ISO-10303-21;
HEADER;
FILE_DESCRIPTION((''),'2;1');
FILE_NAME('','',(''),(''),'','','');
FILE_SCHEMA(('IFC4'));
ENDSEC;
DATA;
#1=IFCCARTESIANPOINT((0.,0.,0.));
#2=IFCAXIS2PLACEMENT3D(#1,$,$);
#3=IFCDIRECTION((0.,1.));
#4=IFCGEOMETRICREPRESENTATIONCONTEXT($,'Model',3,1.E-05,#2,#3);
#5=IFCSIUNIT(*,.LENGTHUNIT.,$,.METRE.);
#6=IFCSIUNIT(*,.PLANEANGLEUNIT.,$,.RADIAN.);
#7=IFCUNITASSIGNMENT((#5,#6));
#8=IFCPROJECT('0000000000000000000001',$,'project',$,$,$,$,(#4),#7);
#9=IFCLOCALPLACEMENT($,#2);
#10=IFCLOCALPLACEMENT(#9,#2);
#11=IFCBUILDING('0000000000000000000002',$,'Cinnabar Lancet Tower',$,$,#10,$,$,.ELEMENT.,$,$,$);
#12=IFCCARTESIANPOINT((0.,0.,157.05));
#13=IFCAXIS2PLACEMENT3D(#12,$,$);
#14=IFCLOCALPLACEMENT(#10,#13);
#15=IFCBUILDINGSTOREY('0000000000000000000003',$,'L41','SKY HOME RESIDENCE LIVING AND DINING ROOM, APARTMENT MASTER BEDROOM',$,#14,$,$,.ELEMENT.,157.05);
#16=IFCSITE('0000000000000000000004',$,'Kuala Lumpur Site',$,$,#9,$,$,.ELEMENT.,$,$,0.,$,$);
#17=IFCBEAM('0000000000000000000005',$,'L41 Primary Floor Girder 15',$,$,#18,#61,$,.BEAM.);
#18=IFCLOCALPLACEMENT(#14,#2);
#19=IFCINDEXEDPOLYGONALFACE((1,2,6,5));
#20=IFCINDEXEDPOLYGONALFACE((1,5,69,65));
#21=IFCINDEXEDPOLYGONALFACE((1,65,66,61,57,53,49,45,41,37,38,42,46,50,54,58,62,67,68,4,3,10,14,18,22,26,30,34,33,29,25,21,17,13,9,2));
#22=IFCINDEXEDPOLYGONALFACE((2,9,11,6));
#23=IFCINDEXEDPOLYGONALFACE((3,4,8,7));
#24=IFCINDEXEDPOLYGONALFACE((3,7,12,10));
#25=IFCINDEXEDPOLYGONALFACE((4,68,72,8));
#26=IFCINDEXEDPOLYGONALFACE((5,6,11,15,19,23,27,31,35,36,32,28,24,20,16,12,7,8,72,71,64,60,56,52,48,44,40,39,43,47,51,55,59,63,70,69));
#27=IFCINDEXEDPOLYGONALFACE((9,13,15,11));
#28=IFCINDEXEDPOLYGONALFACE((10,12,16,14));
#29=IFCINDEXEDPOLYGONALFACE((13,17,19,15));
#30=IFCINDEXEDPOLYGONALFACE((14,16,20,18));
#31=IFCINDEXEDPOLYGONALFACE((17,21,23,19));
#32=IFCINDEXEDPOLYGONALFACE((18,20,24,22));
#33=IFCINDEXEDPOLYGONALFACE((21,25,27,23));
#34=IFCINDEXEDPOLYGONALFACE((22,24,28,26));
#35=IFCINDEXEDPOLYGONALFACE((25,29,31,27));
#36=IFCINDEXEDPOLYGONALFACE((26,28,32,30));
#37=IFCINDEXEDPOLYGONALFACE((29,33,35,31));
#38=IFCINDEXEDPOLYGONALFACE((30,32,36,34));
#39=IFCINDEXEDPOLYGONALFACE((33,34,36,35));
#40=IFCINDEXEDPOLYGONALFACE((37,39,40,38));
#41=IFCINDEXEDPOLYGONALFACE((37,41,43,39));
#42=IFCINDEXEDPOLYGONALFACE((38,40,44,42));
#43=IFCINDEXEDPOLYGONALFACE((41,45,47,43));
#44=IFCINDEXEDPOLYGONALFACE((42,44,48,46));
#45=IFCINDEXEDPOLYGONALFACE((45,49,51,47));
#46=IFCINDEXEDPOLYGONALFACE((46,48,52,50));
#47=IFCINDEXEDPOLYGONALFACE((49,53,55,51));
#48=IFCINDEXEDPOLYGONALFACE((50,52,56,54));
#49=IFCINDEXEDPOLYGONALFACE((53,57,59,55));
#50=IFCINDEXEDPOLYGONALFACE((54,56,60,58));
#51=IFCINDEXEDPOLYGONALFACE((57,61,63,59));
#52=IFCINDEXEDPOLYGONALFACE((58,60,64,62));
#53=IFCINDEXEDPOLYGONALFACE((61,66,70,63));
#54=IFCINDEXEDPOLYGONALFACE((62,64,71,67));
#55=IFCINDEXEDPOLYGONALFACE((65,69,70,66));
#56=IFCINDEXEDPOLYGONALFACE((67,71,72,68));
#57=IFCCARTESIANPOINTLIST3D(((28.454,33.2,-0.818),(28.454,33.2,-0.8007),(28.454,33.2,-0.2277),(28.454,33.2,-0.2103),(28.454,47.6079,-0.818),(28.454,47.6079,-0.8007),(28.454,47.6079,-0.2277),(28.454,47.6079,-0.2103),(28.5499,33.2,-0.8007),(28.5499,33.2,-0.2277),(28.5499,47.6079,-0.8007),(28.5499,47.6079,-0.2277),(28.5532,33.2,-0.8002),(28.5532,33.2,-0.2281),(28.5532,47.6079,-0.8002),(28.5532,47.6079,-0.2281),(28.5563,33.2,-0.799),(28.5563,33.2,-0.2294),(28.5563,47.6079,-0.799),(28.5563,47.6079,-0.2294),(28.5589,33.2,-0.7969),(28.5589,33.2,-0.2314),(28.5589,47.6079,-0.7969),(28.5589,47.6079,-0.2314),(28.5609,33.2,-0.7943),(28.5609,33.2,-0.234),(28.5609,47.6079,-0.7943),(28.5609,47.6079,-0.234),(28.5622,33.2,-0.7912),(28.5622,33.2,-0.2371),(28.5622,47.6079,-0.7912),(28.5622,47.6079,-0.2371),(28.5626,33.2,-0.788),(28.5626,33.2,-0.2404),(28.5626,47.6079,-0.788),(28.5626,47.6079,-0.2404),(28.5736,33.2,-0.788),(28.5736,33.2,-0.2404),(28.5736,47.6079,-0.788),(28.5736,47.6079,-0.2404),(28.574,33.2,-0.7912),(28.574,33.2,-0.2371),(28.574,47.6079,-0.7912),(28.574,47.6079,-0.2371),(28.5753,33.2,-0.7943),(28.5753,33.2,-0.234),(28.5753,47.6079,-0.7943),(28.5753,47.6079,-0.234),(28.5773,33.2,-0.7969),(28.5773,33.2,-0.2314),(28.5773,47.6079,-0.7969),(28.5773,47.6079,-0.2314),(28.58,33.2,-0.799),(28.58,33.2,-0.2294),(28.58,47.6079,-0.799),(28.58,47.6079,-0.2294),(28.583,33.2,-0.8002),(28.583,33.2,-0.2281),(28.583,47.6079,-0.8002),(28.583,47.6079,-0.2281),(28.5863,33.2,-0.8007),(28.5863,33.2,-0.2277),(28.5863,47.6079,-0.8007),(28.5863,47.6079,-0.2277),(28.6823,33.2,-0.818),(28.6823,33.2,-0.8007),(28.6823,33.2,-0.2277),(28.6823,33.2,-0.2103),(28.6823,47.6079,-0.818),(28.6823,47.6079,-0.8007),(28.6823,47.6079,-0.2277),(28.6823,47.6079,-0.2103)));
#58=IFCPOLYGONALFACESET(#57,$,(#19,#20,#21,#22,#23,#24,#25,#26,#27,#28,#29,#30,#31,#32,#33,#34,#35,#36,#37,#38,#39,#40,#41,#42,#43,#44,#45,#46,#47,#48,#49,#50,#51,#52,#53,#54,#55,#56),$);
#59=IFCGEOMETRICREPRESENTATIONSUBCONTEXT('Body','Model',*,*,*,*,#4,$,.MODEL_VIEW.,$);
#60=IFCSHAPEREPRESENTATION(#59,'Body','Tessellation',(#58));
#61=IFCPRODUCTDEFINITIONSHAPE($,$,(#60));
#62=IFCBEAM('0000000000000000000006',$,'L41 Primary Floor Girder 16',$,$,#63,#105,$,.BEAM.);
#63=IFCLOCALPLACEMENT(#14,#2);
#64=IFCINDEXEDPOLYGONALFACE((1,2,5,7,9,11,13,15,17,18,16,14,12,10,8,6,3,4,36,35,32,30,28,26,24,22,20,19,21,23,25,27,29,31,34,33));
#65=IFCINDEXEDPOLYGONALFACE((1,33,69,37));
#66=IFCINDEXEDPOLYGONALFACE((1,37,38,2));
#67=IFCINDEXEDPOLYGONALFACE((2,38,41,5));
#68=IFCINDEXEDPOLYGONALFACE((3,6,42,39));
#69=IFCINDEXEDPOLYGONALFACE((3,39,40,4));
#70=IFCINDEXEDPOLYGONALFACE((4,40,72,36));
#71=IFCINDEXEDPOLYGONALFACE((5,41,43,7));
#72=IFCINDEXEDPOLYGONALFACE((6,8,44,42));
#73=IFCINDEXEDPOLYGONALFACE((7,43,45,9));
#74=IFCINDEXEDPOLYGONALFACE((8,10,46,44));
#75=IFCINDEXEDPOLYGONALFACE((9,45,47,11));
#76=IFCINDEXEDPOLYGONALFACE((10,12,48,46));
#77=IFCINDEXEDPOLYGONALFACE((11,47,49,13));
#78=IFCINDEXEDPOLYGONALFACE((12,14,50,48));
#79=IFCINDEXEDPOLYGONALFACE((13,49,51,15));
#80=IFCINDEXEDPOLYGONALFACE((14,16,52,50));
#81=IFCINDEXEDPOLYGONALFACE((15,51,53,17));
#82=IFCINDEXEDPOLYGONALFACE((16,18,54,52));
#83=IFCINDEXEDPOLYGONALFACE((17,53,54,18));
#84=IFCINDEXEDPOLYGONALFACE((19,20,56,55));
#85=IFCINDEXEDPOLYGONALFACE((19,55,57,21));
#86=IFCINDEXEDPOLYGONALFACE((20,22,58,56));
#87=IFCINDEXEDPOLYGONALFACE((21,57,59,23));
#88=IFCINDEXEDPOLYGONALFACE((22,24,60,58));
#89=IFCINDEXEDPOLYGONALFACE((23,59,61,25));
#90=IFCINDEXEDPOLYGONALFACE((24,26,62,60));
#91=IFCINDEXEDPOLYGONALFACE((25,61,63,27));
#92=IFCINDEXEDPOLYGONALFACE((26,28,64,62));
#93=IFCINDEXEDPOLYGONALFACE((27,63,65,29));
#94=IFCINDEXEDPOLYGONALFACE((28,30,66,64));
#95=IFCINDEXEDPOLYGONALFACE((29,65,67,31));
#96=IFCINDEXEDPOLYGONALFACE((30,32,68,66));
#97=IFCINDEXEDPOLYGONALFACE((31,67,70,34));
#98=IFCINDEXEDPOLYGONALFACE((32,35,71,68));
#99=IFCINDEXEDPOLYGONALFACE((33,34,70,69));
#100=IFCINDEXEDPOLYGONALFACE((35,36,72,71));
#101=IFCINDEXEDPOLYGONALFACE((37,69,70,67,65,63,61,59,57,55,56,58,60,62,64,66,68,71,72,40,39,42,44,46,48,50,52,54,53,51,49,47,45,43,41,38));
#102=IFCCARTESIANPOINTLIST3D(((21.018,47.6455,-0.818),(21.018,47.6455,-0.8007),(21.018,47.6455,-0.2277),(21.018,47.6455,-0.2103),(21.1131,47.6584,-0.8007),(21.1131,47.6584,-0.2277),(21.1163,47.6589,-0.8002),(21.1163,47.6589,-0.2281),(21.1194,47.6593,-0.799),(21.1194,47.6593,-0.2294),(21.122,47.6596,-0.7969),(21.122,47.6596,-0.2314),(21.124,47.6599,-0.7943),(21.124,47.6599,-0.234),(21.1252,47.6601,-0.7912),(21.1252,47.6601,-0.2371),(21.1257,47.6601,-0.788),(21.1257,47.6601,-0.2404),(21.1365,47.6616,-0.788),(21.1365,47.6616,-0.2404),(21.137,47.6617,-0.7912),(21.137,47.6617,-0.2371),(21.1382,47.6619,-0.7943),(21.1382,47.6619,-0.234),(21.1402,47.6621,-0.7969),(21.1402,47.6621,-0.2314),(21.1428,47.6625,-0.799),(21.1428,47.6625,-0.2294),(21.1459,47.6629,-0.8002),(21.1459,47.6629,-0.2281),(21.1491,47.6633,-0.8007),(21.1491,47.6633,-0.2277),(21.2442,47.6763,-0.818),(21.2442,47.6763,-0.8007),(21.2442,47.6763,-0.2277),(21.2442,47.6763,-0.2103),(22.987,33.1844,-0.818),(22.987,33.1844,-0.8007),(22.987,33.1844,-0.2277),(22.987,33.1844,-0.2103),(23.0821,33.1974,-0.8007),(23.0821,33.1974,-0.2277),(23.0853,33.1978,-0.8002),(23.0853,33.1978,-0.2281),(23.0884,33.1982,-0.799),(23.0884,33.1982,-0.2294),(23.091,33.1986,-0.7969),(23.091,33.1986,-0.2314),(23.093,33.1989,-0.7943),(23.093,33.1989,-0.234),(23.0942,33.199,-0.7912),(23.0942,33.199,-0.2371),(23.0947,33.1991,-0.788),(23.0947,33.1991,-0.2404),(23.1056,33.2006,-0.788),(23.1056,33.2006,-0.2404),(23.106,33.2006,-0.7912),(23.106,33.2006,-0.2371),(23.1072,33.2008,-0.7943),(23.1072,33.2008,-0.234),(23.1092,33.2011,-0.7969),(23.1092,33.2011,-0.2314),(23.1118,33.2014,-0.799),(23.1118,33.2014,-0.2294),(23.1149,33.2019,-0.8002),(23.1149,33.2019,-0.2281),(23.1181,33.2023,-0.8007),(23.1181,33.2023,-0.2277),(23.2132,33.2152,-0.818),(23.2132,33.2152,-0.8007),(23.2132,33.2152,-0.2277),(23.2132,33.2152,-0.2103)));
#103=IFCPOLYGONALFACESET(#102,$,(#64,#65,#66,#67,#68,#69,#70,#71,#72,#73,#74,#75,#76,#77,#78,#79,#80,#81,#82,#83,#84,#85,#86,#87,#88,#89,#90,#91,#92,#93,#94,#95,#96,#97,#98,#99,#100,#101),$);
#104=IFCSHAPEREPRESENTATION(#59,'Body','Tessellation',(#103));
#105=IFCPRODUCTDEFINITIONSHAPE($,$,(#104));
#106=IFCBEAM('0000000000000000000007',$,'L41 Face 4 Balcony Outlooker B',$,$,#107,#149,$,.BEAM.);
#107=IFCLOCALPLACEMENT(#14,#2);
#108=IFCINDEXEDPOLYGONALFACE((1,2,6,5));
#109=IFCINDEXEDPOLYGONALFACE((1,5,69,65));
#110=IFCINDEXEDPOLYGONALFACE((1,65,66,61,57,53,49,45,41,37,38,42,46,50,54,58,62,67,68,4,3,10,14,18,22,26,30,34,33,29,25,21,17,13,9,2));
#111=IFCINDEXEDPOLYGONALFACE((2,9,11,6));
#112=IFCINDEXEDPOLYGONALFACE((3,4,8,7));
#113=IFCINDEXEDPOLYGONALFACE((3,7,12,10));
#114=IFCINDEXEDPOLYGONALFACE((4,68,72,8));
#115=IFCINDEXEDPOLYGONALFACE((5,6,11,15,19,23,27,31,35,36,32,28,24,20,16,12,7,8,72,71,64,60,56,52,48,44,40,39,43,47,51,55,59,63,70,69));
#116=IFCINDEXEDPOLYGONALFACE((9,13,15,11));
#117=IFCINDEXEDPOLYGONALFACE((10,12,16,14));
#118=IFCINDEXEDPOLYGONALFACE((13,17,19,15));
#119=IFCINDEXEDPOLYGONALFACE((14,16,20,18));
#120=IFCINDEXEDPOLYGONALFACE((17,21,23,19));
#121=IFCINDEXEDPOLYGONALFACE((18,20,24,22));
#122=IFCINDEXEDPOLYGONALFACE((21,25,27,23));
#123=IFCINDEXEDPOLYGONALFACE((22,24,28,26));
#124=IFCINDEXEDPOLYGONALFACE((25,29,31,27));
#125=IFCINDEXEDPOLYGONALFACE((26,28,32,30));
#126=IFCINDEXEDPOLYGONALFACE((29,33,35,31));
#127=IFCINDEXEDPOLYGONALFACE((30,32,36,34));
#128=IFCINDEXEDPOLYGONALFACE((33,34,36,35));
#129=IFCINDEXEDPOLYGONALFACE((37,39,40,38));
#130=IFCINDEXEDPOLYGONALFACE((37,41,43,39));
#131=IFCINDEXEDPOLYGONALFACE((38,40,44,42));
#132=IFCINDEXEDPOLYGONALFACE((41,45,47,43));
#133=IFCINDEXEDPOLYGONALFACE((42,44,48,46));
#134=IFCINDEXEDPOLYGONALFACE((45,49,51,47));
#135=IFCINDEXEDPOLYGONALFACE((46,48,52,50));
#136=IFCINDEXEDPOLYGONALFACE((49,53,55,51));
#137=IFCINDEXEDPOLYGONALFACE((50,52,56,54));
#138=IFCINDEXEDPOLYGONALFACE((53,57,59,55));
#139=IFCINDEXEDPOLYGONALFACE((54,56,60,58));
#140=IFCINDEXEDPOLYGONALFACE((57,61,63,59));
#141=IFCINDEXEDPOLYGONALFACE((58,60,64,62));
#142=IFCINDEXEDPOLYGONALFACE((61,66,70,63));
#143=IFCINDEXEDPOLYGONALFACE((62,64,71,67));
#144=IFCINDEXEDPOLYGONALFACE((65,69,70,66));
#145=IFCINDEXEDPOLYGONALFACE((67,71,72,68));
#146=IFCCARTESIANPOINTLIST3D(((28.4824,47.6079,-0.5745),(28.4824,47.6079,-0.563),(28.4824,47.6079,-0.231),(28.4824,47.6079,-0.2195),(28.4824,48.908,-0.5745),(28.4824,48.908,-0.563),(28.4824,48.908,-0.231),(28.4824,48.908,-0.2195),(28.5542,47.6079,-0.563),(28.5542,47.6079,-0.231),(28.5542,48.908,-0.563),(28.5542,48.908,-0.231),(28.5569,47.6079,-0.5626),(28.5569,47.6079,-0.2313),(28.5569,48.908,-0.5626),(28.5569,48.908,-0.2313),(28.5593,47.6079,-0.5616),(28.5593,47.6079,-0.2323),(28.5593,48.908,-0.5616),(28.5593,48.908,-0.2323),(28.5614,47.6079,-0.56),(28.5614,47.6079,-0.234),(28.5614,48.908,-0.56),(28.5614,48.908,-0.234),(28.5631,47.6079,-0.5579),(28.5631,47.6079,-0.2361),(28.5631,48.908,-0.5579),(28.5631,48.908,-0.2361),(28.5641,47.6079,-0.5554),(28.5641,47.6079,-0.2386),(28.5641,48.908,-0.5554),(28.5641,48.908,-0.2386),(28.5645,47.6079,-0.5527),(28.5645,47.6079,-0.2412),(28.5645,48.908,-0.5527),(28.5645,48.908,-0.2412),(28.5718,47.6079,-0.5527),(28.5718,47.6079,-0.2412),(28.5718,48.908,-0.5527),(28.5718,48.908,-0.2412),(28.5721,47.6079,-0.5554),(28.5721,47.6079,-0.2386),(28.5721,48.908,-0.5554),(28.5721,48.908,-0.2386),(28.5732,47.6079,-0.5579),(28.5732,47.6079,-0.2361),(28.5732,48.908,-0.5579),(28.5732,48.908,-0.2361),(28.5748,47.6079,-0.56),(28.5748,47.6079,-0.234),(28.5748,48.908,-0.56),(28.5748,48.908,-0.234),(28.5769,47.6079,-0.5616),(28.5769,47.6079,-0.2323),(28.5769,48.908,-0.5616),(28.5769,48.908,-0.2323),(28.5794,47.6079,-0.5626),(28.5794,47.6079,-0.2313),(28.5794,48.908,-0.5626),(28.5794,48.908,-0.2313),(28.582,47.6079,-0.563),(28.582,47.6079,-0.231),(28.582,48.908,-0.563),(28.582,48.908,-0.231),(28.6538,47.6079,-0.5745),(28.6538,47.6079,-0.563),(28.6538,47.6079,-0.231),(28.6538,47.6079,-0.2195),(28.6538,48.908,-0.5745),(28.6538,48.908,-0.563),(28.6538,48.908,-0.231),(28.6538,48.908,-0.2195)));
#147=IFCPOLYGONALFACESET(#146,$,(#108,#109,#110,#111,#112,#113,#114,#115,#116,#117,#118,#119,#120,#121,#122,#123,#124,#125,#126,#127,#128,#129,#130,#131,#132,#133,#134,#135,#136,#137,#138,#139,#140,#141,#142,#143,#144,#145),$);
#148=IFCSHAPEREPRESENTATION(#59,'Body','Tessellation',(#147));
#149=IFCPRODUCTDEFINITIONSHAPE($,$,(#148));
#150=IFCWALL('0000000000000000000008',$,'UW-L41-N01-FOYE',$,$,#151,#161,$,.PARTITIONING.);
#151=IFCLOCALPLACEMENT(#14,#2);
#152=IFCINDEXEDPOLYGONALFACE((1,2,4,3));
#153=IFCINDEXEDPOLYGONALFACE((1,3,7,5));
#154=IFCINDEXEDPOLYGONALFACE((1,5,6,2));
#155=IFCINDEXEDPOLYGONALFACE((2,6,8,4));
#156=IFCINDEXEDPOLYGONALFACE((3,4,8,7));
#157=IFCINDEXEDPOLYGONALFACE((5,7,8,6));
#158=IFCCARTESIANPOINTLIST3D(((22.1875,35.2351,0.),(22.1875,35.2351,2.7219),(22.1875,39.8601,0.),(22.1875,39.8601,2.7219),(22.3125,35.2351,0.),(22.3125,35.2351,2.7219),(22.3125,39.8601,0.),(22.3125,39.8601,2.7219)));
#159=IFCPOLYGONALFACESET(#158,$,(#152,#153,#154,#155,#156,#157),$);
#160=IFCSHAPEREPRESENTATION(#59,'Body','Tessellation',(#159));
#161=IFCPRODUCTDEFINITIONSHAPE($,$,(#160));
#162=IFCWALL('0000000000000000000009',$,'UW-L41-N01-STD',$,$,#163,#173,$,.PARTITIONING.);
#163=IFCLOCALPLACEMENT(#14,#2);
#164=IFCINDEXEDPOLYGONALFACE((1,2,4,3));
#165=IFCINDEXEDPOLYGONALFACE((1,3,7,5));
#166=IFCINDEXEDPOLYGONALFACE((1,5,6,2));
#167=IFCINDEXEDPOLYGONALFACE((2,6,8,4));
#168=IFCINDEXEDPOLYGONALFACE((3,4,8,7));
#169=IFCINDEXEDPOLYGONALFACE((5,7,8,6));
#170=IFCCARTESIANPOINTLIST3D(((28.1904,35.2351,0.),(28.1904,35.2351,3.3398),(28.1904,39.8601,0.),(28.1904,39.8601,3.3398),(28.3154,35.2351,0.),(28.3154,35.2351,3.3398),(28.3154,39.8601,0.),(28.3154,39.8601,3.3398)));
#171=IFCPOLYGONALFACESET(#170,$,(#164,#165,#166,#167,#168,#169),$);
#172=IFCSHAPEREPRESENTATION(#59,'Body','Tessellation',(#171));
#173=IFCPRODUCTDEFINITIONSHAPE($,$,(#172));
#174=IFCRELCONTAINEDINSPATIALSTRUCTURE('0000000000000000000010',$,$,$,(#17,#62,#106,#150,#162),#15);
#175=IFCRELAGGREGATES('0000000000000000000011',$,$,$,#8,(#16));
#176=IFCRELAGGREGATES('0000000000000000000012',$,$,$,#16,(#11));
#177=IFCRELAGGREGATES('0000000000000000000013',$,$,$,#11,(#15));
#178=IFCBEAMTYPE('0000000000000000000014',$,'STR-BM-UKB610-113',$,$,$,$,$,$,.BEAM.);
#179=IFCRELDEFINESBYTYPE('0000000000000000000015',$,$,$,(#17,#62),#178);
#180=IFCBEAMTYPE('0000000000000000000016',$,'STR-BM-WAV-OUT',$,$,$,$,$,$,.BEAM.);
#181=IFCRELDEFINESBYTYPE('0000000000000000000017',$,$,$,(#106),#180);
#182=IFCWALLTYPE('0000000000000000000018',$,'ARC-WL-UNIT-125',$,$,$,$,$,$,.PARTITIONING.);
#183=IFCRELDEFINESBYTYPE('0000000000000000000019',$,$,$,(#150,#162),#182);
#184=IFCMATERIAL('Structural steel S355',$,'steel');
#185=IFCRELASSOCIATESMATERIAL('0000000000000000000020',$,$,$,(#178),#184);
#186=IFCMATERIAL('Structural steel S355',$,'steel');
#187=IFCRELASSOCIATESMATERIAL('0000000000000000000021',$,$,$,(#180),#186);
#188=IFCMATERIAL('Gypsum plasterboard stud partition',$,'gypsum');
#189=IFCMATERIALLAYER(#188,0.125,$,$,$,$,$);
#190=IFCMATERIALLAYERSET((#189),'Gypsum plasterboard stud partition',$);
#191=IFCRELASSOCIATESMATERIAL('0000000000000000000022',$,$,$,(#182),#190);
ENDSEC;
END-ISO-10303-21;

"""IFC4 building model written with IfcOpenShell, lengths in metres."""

from ifc_helpers import new_model, si_unit, direction, frame, frame_2d, origin, origin_2d, place, context, subcontext, project, spatial, rectangle, i_section, extrude, material, layer, layer_set, material_profile, profile_set, type_object, element, save


model = new_model("IFC4")

# Units and contexts
model_context = context("Model", 3, precision=1e-05, world=origin(), true_north=direction((0.0, 1.0)))
body_context = subcontext(model_context, "Body", "Model", "MODEL_VIEW")
ifc_project = project(units=[si_unit("LENGTHUNIT", "METRE"), si_unit("PLANEANGLEUNIT", "RADIAN")], contexts=[model_context])

# Site, building, storey
site_placement = place(None, origin())
site = spatial("IfcSite", under=ifc_project, at=site_placement, Name="Kuala Lumpur Site", CompositionType="ELEMENT", RefElevation=0.0)
building_placement = place(site_placement, origin())
building = spatial("IfcBuilding", under=site, at=building_placement, Name="Cinnabar Lancet Tower", CompositionType="ELEMENT")
storey_placement = place(building_placement, frame((0.0, 0.0, 157.05)))
storey = spatial("IfcBuildingStorey", under=building, at=storey_placement, Name="L41", Description="SKY HOME RESIDENCE LIVING AND DINING ROOM, APARTMENT MASTER BEDROOM", CompositionType="ELEMENT", Elevation=157.05)

# Beams
ifc_material_1 = material(Name="Structural steel S355", Category="steel")
ifc_material_profile_1 = material_profile(ifc_material_1, i_section(OverallWidth=0.2283, OverallDepth=0.6077, WebThickness=0.011, FlangeThickness=0.0173, FilletRadius=0.0127, at=origin_2d()), Name="UKB 610x229x113")
ifc_profile_set_1 = profile_set([ifc_material_profile_1], Name="Structural steel S355")
beam_type_1 = type_object("IfcBeamType", Name="STR-BM-UKB610-113", PredefinedType="BEAM", material=ifc_profile_set_1)
beam_1_placement = place(storey_placement, frame((28.5681, 47.6079, -0.5142), z_axis=(0.0, -1.0, 0.0), x_axis=(1.0, 0.0, 0.0)))
element("IfcBeam", 1, at=beam_1_placement, inside=storey, type_object=beam_type_1, Name="L41 Primary Floor Girder 15", PredefinedType="BEAM", context=body_context, shape_type="SweptSolid", body=[
    extrude(i_section(OverallWidth=0.2283, OverallDepth=0.6077, WebThickness=0.011, FlangeThickness=0.0173, FilletRadius=0.0127, at=origin_2d()), origin(), (0.0, 0.0, 1.0), 14.408),
])
beam_2_placement = place(storey_placement, frame((21.1311, 47.6609, -0.5142), z_axis=(0.134915, -0.990857, 0.0), x_axis=(0.990857, 0.134915, 0.0)))
element("IfcBeam", 2, at=beam_2_placement, inside=storey, type_object=beam_type_1, Name="L41 Primary Floor Girder 16", PredefinedType="BEAM", context=body_context, shape_type="SweptSolid", body=[
    extrude(i_section(OverallWidth=0.2283, OverallDepth=0.6077, WebThickness=0.011, FlangeThickness=0.0173, FilletRadius=0.0127, at=origin_2d()), origin(), (0.0, 0.0, 1.0), 14.5945),
])
ifc_material_2 = material(Name="Structural steel S355", Category="steel")
ifc_material_profile_2 = material_profile(ifc_material_2, i_section(OverallWidth=0.1714, OverallDepth=0.355, WebThickness=0.0073, FlangeThickness=0.0115, FilletRadius=0.0103, at=origin_2d()), Name="UKB 356x171x51")
ifc_profile_set_2 = profile_set([ifc_material_profile_2], Name="Structural steel S355")
beam_type_2 = type_object("IfcBeamType", Name="STR-BM-WAV-OUT", PredefinedType="BEAM", material=ifc_profile_set_2)
beam_3_placement = place(storey_placement, frame((28.5681, 47.6079, -0.397), z_axis=(0.0, 1.0, 0.0), x_axis=(-1.0, 0.0, 0.0)))
element("IfcBeam", 3, at=beam_3_placement, inside=storey, type_object=beam_type_2, Name="L41 Face 4 Balcony Outlooker B", PredefinedType="BEAM", context=body_context, shape_type="SweptSolid", body=[
    extrude(i_section(OverallWidth=0.1714, OverallDepth=0.355, WebThickness=0.0073, FlangeThickness=0.0115, FilletRadius=0.0103, at=origin_2d()), origin(), (0.0, 0.0, 1.0), 1.3),
])

# Walls
ifc_material_3 = material(Name="Gypsum plasterboard stud partition", Category="gypsum")
ifc_layer_1 = layer(ifc_material_3, 0.125)
ifc_layer_set_1 = layer_set([ifc_layer_1], Name="Gypsum plasterboard stud partition")
wall_type_1 = type_object("IfcWallType", Name="ARC-WL-UNIT-125", PredefinedType="PARTITIONING", material=ifc_layer_set_1)
wall_1_placement = place(storey_placement, frame((22.25, 35.2351, 0.0), z_axis=(0.0, 0.0, 1.0), x_axis=(0.0, 1.0, 0.0)))
element("IfcWall", 4, at=wall_1_placement, inside=storey, type_object=wall_type_1, Name="UW-L41-N01-FOYE", PredefinedType="PARTITIONING", context=body_context, shape_type="SweptSolid", body=[
    extrude(rectangle(XDim=4.625, YDim=0.125, at=frame_2d((2.3125, 0.0))), origin(), (0.0, 0.0, 1.0), 2.7219),
])
wall_2_placement = place(storey_placement, frame((28.2529, 35.2351, 0.0), z_axis=(0.0, 0.0, 1.0), x_axis=(0.0, 1.0, 0.0)))
element("IfcWall", 5, at=wall_2_placement, inside=storey, type_object=wall_type_1, Name="UW-L41-N01-STD", PredefinedType="PARTITIONING", context=body_context, shape_type="SweptSolid", body=[
    extrude(rectangle(XDim=4.625, YDim=0.125, at=frame_2d((2.3125, 0.0))), origin(), (0.0, 0.0, 1.0), 3.3398),
])

save(model, "model.ifc")
